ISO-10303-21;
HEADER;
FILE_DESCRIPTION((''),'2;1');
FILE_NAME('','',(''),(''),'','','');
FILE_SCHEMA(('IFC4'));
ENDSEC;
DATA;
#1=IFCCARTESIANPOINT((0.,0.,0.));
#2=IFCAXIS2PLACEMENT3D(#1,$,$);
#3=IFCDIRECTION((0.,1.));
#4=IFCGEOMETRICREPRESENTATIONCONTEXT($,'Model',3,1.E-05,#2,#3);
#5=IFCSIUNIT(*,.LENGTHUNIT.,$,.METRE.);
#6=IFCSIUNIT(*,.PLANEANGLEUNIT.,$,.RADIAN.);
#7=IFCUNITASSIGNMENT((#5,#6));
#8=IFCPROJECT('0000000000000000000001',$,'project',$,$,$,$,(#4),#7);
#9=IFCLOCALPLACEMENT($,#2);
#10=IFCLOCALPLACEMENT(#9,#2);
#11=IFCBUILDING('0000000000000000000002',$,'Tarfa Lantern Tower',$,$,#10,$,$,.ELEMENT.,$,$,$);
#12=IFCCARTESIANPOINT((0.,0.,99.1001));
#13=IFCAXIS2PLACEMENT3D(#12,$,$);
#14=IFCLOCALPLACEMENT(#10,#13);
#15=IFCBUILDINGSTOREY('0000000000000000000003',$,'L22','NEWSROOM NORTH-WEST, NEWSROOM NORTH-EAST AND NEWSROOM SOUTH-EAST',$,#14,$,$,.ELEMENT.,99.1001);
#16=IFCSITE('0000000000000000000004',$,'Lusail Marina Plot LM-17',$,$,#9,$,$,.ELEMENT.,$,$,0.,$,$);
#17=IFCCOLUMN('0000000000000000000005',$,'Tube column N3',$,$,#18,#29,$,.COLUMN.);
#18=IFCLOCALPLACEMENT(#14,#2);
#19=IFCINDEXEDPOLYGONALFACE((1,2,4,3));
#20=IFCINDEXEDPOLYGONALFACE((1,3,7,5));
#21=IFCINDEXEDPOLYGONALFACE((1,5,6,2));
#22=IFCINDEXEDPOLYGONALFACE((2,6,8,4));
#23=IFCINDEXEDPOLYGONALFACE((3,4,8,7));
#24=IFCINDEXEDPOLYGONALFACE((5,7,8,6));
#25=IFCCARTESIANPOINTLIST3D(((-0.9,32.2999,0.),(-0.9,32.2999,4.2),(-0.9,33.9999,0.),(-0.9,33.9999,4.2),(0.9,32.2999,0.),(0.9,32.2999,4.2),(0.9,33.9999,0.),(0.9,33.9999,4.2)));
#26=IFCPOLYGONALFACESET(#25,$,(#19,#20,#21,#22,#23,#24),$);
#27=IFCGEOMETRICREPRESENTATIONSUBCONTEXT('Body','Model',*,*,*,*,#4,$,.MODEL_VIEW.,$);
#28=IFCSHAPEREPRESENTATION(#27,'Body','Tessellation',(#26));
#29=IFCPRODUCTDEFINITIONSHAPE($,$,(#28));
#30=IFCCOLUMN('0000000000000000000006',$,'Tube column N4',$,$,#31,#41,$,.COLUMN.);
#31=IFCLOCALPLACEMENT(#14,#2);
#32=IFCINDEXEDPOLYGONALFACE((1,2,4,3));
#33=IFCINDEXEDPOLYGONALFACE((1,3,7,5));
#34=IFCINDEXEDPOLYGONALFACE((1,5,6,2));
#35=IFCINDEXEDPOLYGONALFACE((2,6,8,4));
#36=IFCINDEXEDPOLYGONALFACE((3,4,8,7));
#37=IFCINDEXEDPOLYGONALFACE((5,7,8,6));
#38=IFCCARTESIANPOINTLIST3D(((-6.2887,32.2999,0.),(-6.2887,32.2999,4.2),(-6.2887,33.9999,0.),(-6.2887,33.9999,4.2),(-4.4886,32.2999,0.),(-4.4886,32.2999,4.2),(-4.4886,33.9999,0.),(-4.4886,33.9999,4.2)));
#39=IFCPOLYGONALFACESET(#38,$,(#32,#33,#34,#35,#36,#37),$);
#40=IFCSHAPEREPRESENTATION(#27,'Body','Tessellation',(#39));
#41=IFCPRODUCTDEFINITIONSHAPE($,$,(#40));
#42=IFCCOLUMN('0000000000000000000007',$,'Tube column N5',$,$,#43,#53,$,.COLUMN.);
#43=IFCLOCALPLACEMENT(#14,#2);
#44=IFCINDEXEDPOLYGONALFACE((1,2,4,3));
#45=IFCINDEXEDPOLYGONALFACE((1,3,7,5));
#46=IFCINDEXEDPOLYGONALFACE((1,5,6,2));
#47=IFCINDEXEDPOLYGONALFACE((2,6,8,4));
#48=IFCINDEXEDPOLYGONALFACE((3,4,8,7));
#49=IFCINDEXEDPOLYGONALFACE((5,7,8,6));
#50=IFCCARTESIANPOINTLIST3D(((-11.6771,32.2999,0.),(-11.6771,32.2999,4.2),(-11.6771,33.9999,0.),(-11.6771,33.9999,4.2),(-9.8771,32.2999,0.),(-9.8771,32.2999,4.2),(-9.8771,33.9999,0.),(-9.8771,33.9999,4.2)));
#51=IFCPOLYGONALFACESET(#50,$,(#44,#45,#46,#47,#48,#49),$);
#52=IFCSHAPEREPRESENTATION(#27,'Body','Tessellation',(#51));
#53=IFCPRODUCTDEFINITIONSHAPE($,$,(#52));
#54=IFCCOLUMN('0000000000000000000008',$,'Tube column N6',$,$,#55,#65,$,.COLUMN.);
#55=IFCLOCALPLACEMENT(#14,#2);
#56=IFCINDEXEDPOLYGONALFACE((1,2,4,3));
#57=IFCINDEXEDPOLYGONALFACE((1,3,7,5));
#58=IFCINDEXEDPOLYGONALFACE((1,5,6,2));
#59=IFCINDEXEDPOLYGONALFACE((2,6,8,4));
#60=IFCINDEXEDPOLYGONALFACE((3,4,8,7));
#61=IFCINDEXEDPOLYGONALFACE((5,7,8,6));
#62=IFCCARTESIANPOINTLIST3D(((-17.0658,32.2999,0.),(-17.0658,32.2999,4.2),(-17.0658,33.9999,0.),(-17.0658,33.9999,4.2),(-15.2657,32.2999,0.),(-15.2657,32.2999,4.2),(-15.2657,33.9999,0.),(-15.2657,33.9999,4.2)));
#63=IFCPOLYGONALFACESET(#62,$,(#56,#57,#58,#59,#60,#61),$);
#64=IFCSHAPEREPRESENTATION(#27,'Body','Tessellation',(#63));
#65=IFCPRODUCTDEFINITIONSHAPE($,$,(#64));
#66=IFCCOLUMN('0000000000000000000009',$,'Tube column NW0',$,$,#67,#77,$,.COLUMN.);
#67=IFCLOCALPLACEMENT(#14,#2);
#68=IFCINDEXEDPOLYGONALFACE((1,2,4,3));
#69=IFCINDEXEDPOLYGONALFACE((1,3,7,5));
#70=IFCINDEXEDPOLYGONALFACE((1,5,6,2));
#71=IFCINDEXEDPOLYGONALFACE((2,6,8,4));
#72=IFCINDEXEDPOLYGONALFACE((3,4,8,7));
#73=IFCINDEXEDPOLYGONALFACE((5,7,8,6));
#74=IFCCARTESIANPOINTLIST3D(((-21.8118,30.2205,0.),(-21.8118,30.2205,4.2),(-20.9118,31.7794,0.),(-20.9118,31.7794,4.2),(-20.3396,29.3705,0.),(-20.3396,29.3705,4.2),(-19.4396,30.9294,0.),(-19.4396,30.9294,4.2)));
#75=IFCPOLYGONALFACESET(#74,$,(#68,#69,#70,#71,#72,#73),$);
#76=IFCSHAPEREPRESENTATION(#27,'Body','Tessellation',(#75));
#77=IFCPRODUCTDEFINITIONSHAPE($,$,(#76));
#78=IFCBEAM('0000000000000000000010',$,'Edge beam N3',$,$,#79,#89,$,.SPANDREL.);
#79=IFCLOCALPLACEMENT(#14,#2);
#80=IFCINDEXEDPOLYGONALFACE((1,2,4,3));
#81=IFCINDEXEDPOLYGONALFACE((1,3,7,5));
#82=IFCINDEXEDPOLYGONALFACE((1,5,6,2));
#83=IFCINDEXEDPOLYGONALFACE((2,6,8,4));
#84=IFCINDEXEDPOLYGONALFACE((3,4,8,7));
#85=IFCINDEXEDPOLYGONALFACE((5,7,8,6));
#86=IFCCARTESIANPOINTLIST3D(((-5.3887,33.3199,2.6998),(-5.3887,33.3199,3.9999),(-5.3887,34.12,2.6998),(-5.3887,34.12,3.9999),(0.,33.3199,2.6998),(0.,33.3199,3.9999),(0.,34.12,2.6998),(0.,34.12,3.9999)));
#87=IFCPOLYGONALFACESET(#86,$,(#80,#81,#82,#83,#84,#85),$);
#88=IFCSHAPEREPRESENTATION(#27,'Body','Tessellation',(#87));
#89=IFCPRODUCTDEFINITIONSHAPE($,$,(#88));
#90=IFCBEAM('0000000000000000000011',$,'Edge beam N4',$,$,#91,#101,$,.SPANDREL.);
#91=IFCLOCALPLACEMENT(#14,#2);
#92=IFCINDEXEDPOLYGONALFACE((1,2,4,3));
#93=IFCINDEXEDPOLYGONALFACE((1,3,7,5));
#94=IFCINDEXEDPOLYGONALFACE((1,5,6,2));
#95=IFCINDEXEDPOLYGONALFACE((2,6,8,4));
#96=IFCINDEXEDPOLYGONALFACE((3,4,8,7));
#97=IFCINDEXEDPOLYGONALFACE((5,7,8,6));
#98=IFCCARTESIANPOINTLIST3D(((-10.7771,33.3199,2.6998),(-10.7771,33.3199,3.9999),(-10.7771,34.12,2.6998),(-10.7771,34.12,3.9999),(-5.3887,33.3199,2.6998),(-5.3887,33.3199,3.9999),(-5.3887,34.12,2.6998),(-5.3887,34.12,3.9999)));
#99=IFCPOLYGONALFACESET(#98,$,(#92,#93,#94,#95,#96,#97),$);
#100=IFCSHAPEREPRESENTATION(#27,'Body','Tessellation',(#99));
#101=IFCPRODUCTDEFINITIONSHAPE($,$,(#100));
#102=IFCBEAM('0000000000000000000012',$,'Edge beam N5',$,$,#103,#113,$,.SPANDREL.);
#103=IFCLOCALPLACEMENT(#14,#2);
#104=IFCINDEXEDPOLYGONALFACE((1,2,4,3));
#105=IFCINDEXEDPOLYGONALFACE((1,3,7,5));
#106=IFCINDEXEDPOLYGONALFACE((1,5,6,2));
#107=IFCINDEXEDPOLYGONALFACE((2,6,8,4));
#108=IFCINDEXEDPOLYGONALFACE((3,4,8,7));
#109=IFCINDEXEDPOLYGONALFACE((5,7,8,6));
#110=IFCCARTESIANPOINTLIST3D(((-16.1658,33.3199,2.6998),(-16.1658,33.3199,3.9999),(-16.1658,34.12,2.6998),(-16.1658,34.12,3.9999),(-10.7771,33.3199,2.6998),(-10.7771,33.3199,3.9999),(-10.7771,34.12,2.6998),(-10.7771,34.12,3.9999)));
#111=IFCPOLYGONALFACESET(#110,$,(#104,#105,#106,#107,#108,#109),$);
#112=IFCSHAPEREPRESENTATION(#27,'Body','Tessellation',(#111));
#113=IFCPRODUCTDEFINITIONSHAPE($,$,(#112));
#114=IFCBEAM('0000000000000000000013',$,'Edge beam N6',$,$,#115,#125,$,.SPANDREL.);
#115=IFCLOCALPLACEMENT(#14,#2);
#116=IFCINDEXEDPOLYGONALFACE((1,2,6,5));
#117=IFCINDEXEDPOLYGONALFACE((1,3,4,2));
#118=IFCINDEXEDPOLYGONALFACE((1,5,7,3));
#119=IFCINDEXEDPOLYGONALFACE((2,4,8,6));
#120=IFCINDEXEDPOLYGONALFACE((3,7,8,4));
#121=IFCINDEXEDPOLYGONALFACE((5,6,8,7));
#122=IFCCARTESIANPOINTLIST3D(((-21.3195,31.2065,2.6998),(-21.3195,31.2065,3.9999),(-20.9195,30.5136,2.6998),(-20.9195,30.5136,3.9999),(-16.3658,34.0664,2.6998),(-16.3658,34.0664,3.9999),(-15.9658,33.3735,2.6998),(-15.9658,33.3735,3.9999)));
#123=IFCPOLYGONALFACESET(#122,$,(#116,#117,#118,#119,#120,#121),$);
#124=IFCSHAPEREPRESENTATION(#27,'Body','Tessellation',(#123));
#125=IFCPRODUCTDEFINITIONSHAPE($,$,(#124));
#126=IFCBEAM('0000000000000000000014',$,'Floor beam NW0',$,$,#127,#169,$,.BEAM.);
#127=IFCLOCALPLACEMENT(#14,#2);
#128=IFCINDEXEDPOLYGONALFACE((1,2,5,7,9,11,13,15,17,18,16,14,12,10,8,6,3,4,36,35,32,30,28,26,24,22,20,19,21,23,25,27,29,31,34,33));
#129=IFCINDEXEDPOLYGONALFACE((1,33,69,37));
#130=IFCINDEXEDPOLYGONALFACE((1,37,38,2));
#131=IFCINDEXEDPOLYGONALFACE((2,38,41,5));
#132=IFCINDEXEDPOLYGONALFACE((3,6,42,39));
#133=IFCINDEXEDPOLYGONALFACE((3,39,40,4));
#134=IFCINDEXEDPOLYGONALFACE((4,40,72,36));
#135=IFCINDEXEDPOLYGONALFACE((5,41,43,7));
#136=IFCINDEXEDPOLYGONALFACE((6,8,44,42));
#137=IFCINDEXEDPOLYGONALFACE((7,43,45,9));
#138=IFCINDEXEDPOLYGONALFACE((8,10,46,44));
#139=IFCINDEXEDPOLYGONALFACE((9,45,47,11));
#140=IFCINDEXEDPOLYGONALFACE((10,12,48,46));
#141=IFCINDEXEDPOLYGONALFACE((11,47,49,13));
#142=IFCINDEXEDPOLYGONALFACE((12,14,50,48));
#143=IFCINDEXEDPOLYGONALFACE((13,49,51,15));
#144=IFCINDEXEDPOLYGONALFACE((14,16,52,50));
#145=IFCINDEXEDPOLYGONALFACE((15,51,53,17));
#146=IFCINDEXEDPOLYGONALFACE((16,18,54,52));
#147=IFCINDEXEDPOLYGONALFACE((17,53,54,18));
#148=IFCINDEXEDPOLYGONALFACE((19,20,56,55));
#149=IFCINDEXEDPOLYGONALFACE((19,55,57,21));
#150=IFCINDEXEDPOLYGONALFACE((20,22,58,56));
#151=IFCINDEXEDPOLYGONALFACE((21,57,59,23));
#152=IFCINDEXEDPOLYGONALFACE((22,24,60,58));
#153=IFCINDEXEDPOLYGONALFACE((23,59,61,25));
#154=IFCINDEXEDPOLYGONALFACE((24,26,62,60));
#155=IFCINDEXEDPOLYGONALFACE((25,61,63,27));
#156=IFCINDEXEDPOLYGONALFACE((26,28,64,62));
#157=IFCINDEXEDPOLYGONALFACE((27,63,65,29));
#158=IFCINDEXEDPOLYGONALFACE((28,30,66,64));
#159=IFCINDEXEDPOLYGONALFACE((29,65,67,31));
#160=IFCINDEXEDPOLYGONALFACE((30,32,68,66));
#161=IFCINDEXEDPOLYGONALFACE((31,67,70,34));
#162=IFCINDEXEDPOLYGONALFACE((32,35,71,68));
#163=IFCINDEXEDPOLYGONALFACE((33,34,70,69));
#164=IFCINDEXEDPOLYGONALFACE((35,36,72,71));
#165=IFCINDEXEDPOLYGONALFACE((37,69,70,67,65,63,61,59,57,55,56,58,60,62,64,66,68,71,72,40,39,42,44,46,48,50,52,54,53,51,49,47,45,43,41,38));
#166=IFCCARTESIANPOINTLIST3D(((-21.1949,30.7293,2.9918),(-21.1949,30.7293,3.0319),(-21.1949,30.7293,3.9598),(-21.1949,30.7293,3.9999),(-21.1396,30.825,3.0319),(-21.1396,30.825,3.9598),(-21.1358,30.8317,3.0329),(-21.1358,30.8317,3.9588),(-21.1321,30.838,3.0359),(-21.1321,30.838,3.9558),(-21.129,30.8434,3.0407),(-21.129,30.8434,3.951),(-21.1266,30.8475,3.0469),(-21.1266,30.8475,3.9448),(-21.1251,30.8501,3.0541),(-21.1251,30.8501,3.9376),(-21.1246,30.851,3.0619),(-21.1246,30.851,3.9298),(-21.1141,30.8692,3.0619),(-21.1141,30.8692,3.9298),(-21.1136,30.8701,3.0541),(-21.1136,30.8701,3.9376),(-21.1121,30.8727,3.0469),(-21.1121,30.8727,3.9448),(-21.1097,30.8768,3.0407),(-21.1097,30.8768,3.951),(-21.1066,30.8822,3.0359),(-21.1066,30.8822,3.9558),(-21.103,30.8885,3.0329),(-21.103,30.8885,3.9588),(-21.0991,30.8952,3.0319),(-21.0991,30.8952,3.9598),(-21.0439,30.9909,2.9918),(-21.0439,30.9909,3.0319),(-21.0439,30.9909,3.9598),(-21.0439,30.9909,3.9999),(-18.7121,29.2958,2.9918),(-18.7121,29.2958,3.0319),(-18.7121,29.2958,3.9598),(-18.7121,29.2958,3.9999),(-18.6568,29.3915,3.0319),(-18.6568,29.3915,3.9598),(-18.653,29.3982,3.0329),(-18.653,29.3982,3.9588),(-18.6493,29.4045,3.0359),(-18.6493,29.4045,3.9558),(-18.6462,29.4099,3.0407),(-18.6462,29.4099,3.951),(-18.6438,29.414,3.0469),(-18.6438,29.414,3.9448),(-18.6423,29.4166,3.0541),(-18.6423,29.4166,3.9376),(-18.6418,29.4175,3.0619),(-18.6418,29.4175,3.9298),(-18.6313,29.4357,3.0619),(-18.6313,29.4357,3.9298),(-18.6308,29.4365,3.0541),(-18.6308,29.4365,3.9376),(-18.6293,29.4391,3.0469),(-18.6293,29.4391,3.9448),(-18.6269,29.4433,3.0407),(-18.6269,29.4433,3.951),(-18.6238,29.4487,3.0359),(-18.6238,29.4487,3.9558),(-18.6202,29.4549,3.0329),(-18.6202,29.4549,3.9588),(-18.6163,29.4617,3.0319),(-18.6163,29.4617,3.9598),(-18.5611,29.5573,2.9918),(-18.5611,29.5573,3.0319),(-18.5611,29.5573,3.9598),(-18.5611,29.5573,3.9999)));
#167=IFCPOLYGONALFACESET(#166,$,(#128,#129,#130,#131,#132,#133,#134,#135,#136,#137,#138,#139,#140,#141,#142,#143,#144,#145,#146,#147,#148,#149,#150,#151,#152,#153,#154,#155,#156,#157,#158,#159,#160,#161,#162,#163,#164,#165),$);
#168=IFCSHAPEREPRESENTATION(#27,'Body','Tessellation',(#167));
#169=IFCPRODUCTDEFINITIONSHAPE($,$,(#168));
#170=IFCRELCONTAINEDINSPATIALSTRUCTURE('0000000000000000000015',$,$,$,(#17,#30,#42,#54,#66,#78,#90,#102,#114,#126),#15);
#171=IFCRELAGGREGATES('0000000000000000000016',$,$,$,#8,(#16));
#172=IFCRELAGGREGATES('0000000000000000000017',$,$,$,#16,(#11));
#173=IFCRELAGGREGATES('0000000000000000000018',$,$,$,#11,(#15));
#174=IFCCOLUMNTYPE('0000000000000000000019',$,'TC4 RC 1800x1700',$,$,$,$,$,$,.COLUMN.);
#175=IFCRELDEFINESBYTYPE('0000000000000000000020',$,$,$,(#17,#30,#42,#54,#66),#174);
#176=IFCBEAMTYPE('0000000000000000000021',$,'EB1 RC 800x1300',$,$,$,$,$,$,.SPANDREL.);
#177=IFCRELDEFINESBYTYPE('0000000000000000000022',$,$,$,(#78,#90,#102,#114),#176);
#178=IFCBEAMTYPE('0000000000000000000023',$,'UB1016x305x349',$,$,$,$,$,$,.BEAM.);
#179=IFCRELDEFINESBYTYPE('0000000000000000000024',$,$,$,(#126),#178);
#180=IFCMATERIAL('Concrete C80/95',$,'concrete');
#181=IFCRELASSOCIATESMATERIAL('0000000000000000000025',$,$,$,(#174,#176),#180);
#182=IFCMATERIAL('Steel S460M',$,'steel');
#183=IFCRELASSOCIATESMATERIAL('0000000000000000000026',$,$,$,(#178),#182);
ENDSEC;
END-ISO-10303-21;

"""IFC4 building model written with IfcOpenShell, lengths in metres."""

from ifc_helpers import new_model, si_unit, direction, frame, origin, origin_2d, place, context, subcontext, project, spatial, rectangle, i_section, extrude, material, material_profile, profile_set, type_object, element, save


model = new_model("IFC4")

# Units and contexts
model_context = context("Model", 3, precision=1e-05, world=origin(), true_north=direction((0.0, 1.0)))
body_context = subcontext(model_context, "Body", "Model", "MODEL_VIEW")
ifc_project = project(units=[si_unit("LENGTHUNIT", "METRE"), si_unit("PLANEANGLEUNIT", "RADIAN")], contexts=[model_context])

# Site, building, storey
site_placement = place(None, origin())
site = spatial("IfcSite", under=ifc_project, at=site_placement, Name="Lusail Marina Plot LM-17", CompositionType="ELEMENT", RefElevation=0.0)
building_placement = place(site_placement, origin())
building = spatial("IfcBuilding", under=site, at=building_placement, Name="Tarfa Lantern Tower", CompositionType="ELEMENT")
storey_placement = place(building_placement, frame((0.0, 0.0, 99.1001)))
storey = spatial("IfcBuildingStorey", under=building, at=storey_placement, Name="L22", Description="NEWSROOM NORTH-WEST, NEWSROOM NORTH-EAST AND NEWSROOM SOUTH-EAST", CompositionType="ELEMENT", Elevation=99.1001)

# Columns
ifc_material_1 = material(Name="Concrete C80/95", Category="concrete")
ifc_material_profile_1 = material_profile(ifc_material_1, rectangle(XDim=1.8, YDim=1.7, at=origin_2d()), Name="RC 1800x1700")
ifc_profile_set_1 = profile_set([ifc_material_profile_1], Name="Concrete C80/95")
column_type = type_object("IfcColumnType", Name="TC4 RC 1800x1700", PredefinedType="COLUMN", material=ifc_profile_set_1)
for number, where, z_axis, x_axis, name in (
    (1, (0.0, 33.1499, 0.0), (0.0, 0.0, 1.0), (-1.0, 0.0, 0.0), "Tube column N3"),
    (2, (-5.3887, 33.1499, 0.0), (0.0, 0.0, 1.0), (-1.0, 0.0, 0.0), "Tube column N4"),
    (3, (-10.7771, 33.1499, 0.0), (0.0, 0.0, 1.0), (-1.0, 0.0, 0.0), "Tube column N5"),
    (4, (-16.1658, 33.1499, 0.0), (0.0, 0.0, 1.0), (-1.0, 0.0, 0.0), "Tube column N6"),
    (5, (-20.6257, 30.575, 0.0), (0.0, 0.0, 1.0), (-0.5, -0.866025, 0.0), "Tube column NW0"),
):
    element("IfcColumn", number, at=place(storey_placement, frame(where, z_axis=z_axis, x_axis=x_axis)), inside=storey, type_object=column_type, Name=name, PredefinedType="COLUMN", context=body_context, shape_type="SweptSolid", body=[
        extrude(rectangle(XDim=1.8, YDim=1.7, at=origin_2d()), origin(), (0.0, 0.0, 1.0), 4.2),
    ])

# Beams
ifc_material_profile_2 = material_profile(ifc_material_1, rectangle(XDim=0.8, YDim=1.3, at=origin_2d()), Name="RC 800x1300")
ifc_profile_set_2 = profile_set([ifc_material_profile_2], Name="Concrete C80/95")
beam_type_1 = type_object("IfcBeamType", Name="EB1 RC 800x1300", PredefinedType="SPANDREL", material=ifc_profile_set_2)
beam_1_placement = place(storey_placement, frame((0.0, 33.72, 3.3499), z_axis=(-1.0, 0.0, 0.0), x_axis=(0.0, -1.0, 0.0)))
element("IfcBeam", 6, at=beam_1_placement, inside=storey, type_object=beam_type_1, Name="Edge beam N3", PredefinedType="SPANDREL", context=body_context, shape_type="SweptSolid", body=[
    extrude(rectangle(XDim=0.8, YDim=1.3, at=origin_2d()), origin(), (0.0, 0.0, 1.0), 5.3887),
])
beam_2_placement = place(storey_placement, frame((-5.3887, 33.72, 3.3499), z_axis=(-1.0, 0.0, 0.0), x_axis=(0.0, -1.0, 0.0)))
element("IfcBeam", 7, at=beam_2_placement, inside=storey, type_object=beam_type_1, Name="Edge beam N4", PredefinedType="SPANDREL", context=body_context, shape_type="SweptSolid", body=[
    extrude(rectangle(XDim=0.8, YDim=1.3, at=origin_2d()), origin(), (0.0, 0.0, 1.0), 5.3884),
])
beam_3_placement = place(storey_placement, frame((-10.7771, 33.72, 3.3499), z_axis=(-1.0, 0.0, 0.0), x_axis=(0.0, -1.0, 0.0)))
element("IfcBeam", 8, at=beam_3_placement, inside=storey, type_object=beam_type_1, Name="Edge beam N5", PredefinedType="SPANDREL", context=body_context, shape_type="SweptSolid", body=[
    extrude(rectangle(XDim=0.8, YDim=1.3, at=origin_2d()), origin(), (0.0, 0.0, 1.0), 5.3887),
])
beam_4_placement = place(storey_placement, frame((-16.1658, 33.72, 3.3499), z_axis=(-0.866033, -0.499986, 0.0), x_axis=(0.499986, -0.866033, 0.0)))
element("IfcBeam", 9, at=beam_4_placement, inside=storey, type_object=beam_type_1, Name="Edge beam N6", PredefinedType="SPANDREL", context=body_context, shape_type="SweptSolid", body=[
    extrude(rectangle(XDim=0.8, YDim=1.3, at=origin_2d()), origin(), (0.0, 0.0, 1.0), 5.72),
])
ifc_material_2 = material(Name="Steel S460M", Category="steel")
ifc_material_profile_3 = material_profile(ifc_material_2, i_section(OverallWidth=0.302, OverallDepth=1.0081, WebThickness=0.021, FlangeThickness=0.04, FilletRadius=0.03, at=origin_2d()), Name="UB1016x305x349")
ifc_profile_set_3 = profile_set([ifc_material_profile_3], Name="Steel S460M")
beam_type_2 = type_object("IfcBeamType", Name="UB1016x305x349", PredefinedType="BEAM", material=ifc_profile_set_3)
beam_5_placement = place(storey_placement, frame((-21.1194, 30.8601, 3.4958), z_axis=(0.866013, -0.500022, 0.0), x_axis=(0.500022, 0.866013, 0.0)))
element("IfcBeam", 10, at=beam_5_placement, inside=storey, type_object=beam_type_2, Name="Floor beam NW0", PredefinedType="BEAM", context=body_context, shape_type="SweptSolid", body=[
    extrude(i_section(OverallWidth=0.302, OverallDepth=1.0081, WebThickness=0.021, FlangeThickness=0.04, FilletRadius=0.03, at=origin_2d()), origin(), (0.0, 0.0, 1.0), 2.8669),
])

save(model, "model.ifc")
